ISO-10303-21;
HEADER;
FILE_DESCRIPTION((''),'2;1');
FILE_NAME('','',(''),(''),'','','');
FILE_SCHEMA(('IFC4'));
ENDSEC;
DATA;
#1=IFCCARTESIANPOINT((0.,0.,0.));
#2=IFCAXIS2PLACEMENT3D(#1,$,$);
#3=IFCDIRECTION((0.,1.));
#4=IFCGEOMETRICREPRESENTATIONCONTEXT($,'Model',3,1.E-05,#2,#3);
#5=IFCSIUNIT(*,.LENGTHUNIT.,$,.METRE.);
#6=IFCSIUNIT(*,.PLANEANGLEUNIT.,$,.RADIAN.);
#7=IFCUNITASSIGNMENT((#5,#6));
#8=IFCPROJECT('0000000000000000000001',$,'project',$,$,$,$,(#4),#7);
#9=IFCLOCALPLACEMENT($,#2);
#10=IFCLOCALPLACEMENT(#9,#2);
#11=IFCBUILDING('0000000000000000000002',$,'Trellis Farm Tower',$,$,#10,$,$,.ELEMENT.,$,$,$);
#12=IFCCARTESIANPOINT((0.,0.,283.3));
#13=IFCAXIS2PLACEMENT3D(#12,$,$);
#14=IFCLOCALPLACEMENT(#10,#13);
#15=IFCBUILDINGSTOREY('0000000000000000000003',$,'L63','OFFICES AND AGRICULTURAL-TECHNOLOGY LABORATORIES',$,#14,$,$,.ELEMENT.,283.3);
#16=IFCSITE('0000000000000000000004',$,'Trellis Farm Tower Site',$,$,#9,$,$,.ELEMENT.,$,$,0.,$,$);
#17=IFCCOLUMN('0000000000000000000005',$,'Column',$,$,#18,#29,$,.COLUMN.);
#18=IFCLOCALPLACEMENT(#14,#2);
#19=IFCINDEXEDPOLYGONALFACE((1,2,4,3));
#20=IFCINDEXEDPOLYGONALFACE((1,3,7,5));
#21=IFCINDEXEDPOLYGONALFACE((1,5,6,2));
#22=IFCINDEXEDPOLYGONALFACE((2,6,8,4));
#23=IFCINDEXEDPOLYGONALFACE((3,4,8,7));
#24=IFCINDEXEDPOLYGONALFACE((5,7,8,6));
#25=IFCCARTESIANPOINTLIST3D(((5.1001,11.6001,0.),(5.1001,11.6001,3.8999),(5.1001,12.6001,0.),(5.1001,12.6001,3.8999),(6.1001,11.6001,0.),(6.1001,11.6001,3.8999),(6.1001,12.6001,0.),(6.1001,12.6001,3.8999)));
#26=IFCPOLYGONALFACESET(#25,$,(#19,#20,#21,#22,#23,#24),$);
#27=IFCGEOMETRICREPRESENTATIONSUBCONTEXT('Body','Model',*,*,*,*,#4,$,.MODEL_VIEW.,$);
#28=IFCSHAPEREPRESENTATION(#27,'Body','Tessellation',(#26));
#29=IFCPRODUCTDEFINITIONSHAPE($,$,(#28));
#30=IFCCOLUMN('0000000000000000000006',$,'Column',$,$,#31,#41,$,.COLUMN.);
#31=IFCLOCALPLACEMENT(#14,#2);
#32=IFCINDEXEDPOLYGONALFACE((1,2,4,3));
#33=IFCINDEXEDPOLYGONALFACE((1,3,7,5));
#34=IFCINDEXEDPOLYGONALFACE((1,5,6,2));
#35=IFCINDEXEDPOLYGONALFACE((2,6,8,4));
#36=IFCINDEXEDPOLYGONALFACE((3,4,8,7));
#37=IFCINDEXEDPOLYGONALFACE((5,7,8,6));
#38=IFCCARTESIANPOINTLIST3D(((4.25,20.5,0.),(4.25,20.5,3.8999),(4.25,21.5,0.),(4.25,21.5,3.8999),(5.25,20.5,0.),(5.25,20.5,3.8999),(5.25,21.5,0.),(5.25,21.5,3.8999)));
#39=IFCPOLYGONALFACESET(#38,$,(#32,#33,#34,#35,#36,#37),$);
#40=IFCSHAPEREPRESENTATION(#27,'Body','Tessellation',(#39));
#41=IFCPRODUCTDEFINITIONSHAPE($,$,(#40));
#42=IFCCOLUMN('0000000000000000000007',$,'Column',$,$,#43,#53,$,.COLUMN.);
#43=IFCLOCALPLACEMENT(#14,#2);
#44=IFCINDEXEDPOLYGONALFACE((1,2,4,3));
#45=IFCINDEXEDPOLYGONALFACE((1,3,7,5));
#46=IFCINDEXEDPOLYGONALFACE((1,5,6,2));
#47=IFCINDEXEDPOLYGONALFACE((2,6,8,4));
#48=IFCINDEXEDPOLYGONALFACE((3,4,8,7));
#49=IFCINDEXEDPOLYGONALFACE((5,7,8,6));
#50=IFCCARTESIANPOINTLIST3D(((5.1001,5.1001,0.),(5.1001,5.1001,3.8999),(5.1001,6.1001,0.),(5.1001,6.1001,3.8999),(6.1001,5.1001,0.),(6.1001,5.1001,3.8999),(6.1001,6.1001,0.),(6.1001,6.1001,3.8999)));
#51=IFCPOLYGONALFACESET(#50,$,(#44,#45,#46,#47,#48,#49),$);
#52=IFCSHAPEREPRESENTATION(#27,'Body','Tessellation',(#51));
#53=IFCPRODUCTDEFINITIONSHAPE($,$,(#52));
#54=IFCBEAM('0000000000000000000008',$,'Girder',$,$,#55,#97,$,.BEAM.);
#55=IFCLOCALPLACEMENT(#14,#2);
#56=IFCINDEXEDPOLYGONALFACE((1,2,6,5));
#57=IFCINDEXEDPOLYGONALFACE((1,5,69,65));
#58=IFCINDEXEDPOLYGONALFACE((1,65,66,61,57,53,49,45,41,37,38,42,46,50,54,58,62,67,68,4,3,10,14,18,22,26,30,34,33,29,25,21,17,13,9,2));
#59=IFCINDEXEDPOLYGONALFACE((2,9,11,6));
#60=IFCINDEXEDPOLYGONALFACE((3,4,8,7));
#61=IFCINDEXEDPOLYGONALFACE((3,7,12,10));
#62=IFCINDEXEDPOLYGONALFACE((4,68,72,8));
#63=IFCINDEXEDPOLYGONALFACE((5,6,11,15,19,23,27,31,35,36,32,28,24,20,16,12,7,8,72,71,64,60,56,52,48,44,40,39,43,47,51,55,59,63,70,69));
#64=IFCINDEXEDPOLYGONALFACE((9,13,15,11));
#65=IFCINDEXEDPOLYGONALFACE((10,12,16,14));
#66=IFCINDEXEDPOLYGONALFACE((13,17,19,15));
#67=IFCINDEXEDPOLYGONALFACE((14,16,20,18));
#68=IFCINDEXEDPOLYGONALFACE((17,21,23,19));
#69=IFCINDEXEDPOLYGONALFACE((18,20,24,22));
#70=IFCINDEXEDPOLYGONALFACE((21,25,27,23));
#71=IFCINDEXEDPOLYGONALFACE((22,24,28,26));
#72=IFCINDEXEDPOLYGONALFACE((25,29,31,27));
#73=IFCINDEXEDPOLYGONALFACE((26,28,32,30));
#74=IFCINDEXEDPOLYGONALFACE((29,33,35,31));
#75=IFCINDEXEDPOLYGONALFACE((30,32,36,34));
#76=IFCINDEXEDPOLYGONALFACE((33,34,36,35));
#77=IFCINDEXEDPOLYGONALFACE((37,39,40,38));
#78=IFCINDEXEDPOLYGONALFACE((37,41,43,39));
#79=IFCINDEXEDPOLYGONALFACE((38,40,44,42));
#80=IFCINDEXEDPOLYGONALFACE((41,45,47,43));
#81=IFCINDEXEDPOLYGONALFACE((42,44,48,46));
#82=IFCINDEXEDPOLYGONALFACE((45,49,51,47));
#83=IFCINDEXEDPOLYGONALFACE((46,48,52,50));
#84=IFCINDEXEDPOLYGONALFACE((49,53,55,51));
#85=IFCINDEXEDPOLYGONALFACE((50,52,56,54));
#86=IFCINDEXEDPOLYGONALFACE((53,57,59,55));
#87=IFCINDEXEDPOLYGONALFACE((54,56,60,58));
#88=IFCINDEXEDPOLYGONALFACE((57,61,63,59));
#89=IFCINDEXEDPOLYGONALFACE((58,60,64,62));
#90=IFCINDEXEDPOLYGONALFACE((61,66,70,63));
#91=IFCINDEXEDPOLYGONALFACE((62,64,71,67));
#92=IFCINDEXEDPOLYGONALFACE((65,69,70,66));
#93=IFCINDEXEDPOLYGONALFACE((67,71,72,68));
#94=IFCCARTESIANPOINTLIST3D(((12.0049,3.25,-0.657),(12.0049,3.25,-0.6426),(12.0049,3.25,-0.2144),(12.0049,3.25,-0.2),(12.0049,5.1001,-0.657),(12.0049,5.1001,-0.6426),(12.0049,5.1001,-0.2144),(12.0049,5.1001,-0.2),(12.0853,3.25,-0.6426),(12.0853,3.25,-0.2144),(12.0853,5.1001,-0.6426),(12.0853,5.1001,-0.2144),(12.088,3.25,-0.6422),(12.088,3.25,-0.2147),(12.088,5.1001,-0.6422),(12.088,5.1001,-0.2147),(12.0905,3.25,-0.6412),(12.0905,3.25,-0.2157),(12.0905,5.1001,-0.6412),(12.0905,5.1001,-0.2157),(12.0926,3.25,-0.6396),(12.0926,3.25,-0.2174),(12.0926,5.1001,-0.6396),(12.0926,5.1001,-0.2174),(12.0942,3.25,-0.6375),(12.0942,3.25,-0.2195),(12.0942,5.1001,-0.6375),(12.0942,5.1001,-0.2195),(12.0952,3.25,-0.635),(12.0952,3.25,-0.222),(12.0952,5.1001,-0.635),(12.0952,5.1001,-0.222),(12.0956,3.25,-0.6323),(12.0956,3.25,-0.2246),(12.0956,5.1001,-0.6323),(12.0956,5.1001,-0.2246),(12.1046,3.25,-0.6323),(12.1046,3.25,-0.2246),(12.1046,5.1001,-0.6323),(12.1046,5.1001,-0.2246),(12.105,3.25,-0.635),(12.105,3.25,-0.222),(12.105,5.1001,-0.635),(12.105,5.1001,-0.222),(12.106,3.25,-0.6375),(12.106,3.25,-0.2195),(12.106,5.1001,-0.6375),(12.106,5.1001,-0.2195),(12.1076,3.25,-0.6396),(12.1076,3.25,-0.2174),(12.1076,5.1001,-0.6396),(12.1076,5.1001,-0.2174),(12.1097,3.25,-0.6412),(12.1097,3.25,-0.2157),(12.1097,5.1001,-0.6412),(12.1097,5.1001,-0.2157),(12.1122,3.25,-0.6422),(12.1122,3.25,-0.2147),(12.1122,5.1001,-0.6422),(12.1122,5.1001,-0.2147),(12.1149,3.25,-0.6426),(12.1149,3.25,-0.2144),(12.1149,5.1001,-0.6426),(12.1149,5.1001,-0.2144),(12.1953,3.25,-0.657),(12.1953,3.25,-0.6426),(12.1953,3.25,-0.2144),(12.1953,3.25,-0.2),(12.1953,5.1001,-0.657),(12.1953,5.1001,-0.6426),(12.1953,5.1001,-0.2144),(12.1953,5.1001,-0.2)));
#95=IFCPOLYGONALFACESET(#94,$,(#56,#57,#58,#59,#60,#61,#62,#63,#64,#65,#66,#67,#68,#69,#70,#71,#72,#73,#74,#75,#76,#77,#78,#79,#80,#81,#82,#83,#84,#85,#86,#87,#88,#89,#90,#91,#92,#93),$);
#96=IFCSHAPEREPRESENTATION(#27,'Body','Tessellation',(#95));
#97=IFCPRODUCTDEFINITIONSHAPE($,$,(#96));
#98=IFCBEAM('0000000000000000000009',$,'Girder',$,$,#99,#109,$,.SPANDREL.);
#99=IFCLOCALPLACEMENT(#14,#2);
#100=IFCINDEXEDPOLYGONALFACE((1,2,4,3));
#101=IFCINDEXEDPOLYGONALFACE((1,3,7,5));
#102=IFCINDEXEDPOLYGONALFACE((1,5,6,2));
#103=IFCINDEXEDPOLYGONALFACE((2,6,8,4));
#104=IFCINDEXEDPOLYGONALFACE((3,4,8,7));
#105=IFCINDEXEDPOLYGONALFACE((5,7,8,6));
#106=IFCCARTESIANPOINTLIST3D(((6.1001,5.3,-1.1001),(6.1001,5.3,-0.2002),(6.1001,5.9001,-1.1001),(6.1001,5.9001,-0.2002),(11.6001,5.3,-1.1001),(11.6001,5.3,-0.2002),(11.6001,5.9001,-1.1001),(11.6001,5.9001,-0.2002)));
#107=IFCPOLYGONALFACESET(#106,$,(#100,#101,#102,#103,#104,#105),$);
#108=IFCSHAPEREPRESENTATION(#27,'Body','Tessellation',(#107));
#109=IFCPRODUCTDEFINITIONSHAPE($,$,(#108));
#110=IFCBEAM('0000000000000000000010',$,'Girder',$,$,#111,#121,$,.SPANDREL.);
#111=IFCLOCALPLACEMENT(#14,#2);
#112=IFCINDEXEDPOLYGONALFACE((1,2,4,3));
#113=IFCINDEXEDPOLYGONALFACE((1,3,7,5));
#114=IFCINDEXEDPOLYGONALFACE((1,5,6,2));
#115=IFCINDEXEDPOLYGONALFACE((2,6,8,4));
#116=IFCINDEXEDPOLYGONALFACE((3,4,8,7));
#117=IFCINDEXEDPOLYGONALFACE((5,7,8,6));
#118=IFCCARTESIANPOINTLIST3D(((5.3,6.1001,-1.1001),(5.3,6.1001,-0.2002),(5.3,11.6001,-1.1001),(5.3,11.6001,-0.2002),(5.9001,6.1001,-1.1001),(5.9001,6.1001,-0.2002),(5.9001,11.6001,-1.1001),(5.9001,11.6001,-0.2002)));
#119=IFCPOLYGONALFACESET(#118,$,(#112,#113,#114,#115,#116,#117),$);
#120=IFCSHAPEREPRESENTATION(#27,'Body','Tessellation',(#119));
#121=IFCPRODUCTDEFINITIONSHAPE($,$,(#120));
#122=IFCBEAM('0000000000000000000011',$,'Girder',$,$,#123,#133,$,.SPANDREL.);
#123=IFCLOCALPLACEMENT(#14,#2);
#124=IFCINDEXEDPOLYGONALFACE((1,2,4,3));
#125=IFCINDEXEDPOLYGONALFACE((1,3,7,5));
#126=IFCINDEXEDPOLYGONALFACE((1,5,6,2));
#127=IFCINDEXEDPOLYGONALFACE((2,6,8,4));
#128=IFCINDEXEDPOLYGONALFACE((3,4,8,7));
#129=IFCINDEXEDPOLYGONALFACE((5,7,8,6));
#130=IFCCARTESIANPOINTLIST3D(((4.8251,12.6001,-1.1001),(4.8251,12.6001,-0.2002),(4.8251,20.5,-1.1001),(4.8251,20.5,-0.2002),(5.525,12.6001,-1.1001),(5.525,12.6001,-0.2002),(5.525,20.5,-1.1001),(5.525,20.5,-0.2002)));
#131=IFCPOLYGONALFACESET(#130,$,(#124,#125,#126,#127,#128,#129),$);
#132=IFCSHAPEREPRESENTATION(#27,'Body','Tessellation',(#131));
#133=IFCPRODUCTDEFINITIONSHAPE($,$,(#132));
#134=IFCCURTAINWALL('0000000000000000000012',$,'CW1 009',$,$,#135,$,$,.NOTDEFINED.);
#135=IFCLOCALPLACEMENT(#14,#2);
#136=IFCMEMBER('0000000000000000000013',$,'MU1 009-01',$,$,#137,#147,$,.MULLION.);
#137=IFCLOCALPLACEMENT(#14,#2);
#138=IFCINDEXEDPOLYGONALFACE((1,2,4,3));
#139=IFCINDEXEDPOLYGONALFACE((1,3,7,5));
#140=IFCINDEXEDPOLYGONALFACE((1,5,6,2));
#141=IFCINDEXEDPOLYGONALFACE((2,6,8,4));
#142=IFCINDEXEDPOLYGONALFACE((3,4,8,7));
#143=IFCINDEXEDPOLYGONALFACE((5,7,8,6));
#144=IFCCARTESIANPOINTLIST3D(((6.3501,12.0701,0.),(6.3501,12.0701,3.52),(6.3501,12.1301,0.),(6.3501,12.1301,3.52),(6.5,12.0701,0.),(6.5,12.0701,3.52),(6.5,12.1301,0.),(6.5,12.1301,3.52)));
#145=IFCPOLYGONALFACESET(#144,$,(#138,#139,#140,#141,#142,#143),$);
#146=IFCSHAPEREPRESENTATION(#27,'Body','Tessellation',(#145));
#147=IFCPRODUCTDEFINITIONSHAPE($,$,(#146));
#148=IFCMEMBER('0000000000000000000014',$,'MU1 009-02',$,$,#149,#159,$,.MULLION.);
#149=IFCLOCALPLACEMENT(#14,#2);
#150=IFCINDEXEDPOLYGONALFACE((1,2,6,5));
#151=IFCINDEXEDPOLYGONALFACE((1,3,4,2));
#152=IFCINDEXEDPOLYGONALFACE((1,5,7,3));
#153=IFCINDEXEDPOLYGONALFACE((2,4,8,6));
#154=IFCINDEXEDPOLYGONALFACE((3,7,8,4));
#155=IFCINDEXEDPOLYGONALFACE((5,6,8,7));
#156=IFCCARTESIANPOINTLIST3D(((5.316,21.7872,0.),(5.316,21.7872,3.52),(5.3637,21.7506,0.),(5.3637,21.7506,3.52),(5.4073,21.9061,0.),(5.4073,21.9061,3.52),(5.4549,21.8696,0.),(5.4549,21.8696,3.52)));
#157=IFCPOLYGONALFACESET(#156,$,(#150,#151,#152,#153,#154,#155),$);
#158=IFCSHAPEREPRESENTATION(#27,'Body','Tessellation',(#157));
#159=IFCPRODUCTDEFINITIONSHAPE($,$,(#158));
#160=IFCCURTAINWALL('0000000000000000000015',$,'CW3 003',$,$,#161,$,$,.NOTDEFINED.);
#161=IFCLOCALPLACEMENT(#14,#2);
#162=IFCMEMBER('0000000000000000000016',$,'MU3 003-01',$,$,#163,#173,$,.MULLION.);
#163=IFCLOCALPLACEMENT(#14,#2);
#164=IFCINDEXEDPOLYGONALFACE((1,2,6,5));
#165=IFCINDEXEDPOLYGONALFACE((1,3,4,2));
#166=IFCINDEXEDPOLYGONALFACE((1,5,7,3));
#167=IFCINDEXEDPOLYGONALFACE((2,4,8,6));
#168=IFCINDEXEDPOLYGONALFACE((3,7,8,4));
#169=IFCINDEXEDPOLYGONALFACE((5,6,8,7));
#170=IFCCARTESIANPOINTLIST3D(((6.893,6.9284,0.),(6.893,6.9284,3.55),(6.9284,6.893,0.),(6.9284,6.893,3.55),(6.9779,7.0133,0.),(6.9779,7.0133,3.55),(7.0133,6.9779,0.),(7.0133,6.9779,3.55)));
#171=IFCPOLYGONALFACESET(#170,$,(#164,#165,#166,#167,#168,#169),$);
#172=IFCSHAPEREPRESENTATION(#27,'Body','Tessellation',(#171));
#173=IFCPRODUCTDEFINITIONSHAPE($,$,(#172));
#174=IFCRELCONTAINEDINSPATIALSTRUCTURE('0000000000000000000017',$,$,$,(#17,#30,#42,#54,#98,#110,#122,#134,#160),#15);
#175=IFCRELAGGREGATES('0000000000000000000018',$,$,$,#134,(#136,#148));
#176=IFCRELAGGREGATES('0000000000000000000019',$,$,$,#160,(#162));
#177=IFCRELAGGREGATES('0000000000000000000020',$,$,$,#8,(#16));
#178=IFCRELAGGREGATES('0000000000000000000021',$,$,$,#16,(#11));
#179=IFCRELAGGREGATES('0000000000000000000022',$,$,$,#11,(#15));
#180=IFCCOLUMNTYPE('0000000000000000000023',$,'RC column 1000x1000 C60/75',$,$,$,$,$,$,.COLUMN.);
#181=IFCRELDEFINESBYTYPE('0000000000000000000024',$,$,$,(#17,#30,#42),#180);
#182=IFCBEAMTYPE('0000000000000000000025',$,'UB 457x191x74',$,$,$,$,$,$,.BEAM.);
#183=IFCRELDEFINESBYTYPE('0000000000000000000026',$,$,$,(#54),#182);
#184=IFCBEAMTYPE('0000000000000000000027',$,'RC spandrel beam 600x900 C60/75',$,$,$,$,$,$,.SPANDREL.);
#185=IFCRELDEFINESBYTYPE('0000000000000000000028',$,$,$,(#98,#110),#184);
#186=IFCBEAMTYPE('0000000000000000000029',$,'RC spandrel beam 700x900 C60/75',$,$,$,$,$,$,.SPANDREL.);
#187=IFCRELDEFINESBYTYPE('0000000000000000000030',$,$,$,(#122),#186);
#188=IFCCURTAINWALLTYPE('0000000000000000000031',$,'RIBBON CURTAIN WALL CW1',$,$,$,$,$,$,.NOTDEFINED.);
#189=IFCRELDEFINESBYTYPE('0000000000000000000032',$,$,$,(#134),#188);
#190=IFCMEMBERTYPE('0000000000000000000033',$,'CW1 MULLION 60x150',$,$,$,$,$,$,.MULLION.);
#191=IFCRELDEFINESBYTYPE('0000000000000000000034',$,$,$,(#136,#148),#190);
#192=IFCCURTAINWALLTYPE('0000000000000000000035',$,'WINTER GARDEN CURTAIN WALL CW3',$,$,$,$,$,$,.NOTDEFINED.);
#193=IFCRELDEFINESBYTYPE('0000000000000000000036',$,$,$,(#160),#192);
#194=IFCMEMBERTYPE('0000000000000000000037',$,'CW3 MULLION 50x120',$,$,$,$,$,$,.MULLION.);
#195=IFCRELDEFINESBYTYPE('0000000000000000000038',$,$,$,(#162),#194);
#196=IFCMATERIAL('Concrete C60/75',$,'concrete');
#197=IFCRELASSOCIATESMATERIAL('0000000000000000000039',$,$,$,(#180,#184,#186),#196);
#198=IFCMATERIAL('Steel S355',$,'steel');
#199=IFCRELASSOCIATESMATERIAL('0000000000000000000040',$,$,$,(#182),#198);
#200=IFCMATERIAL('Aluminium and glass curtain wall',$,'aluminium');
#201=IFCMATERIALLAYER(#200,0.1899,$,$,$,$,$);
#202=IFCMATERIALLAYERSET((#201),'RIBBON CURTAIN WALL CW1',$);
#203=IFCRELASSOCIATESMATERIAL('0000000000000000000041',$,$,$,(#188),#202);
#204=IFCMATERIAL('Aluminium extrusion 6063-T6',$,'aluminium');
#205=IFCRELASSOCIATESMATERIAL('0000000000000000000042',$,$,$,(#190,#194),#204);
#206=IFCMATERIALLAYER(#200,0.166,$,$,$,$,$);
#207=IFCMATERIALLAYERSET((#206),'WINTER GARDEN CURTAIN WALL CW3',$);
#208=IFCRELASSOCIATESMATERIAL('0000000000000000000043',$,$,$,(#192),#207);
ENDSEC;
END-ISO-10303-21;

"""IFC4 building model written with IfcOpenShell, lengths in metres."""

from ifc_helpers import new_model, si_unit, direction, frame, origin, origin_2d, place, context, subcontext, project, spatial, rectangle, i_section, extrude, source, transform, mapped, material, layer, layer_set, material_profile, profile_set, type_object, element, aggregate, save


model = new_model("IFC4")

# Units and contexts
model_context = context("Model", 3, precision=1e-05, world=origin(), true_north=direction((0.0, 1.0)))
body_context = subcontext(model_context, "Body", "Model", "MODEL_VIEW")
ifc_project = project(units=[si_unit("LENGTHUNIT", "METRE"), si_unit("PLANEANGLEUNIT", "RADIAN")], contexts=[model_context])

# Site, building, storey
site_placement = place(None, origin())
site = spatial("IfcSite", under=ifc_project, at=site_placement, Name="Trellis Farm Tower Site", CompositionType="ELEMENT", RefElevation=0.0)
building_placement = place(site_placement, origin())
building = spatial("IfcBuilding", under=site, at=building_placement, Name="Trellis Farm Tower", CompositionType="ELEMENT")
storey_placement = place(building_placement, frame((0.0, 0.0, 283.3)))
storey = spatial("IfcBuildingStorey", under=building, at=storey_placement, Name="L63", Description="OFFICES AND AGRICULTURAL-TECHNOLOGY LABORATORIES", CompositionType="ELEMENT", Elevation=283.3)

# Columns
ifc_material_1 = material(Name="Concrete C60/75", Category="concrete")
ifc_material_profile_1 = material_profile(ifc_material_1, rectangle(XDim=1.0, YDim=1.0, at=origin_2d()), Name="RC column 1000x1000 C60/75")
ifc_profile_set_1 = profile_set([ifc_material_profile_1], Name="Concrete C60/75")
column_type = type_object("IfcColumnType", Name="RC column 1000x1000 C60/75", PredefinedType="COLUMN", material=ifc_profile_set_1)
shared_shape_1 = source(origin(), body_context, "Body", "SweptSolid", [
    extrude(rectangle(XDim=1.0, YDim=1.0, at=origin_2d()), origin(), (0.0, 0.0, 1.0), 3.8999),
])
for number, where, z_axis, x_axis, name in (
    (1, (5.6001, 12.1001, 0.0), (0.0, 0.0, 1.0), (1.0, 0.0, 0.0), "Column"),
    (2, (4.75, 21.0, 0.0), (0.0, 0.0, 1.0), (1.0, 0.0, 0.0), "Column"),
    (3, (5.6001, 5.6001, 0.0), (0.0, 0.0, 1.0), (1.0, 0.0, 0.0), "Column"),
):
    element("IfcColumn", number, at=place(storey_placement, frame(where, z_axis=z_axis, x_axis=x_axis)), inside=storey, type_object=column_type, Name=name, PredefinedType="COLUMN", context=body_context, shape_type="MappedRepresentation", body=[
        mapped(shared_shape_1, transform((0.0, 0.0, 0.0))),
    ])

# Beams
ifc_material_2 = material(Name="Steel S355", Category="steel")
ifc_material_profile_2 = material_profile(ifc_material_2, i_section(OverallWidth=0.1904, OverallDepth=0.457, WebThickness=0.009, FlangeThickness=0.0144, FilletRadius=0.0103, at=origin_2d()), Name="UB 457x191x74")
ifc_profile_set_2 = profile_set([ifc_material_profile_2], Name="Steel S355")
beam_type_1 = type_object("IfcBeamType", Name="UB 457x191x74", PredefinedType="BEAM", material=ifc_profile_set_2)
shared_shape_2 = source(origin(), body_context, "Body", "SweptSolid", [
    extrude(i_section(OverallWidth=0.1904, OverallDepth=0.457, WebThickness=0.009, FlangeThickness=0.0144, FilletRadius=0.0103, at=origin_2d()), origin(), (0.0, 0.0, 1.0), 1.8501),
])
beam_1_placement = place(storey_placement, frame((12.1001, 3.25, -0.4285), z_axis=(0.0, 1.0, 0.0), x_axis=(-1.0, 0.0, 0.0)))
element("IfcBeam", 4, at=beam_1_placement, inside=storey, type_object=beam_type_1, Name="Girder", PredefinedType="BEAM", context=body_context, shape_type="MappedRepresentation", body=[
    mapped(shared_shape_2, transform((0.0, 0.0, 0.0))),
])
ifc_material_profile_3 = material_profile(ifc_material_1, rectangle(XDim=0.6001, YDim=0.8999, at=origin_2d()), Name="RC spandrel beam 600x900 C60/75")
ifc_profile_set_3 = profile_set([ifc_material_profile_3], Name="Concrete C60/75")
beam_type_2 = type_object("IfcBeamType", Name="RC spandrel beam 600x900 C60/75", PredefinedType="SPANDREL", material=ifc_profile_set_3)
shared_shape_3 = source(origin(), body_context, "Body", "SweptSolid", [
    extrude(rectangle(XDim=0.6001, YDim=0.8999, at=origin_2d()), origin(), (0.0, 0.0, 1.0), 5.5),
])
for number, where, z_axis, x_axis, name in (
    (5, (6.1001, 5.6001, -0.6501), (1.0, 0.0, 0.0), (0.0, 1.0, 0.0), "Girder"),
    (6, (5.6001, 6.1001, -0.6501), (0.0, 1.0, 0.0), (-1.0, 0.0, 0.0), "Girder"),
):
    element("IfcBeam", number, at=place(storey_placement, frame(where, z_axis=z_axis, x_axis=x_axis)), inside=storey, type_object=beam_type_2, Name=name, PredefinedType="SPANDREL", context=body_context, shape_type="MappedRepresentation", body=[
        mapped(shared_shape_3, transform((0.0, 0.0, 0.0))),
    ])
ifc_material_profile_4 = material_profile(ifc_material_1, rectangle(XDim=0.7, YDim=0.8999, at=origin_2d()), Name="RC spandrel beam 700x900 C60/75")
ifc_profile_set_4 = profile_set([ifc_material_profile_4], Name="Concrete C60/75")
beam_type_3 = type_object("IfcBeamType", Name="RC spandrel beam 700x900 C60/75", PredefinedType="SPANDREL", material=ifc_profile_set_4)
shared_shape_4 = source(origin(), body_context, "Body", "SweptSolid", [
    extrude(rectangle(XDim=0.7, YDim=0.8999, at=origin_2d()), origin(), (0.0, 0.0, 1.0), 7.8999),
])
beam_2_placement = place(storey_placement, frame((5.175, 12.6001, -0.6501), z_axis=(0.0, 1.0, 0.0), x_axis=(-1.0, 0.0, 0.0)))
element("IfcBeam", 7, at=beam_2_placement, inside=storey, type_object=beam_type_3, Name="Girder", PredefinedType="SPANDREL", context=body_context, shape_type="MappedRepresentation", body=[
    mapped(shared_shape_4, transform((0.0, 0.0, 0.0))),
])

# Curtain wall, members
ifc_material_3 = material(Name="Aluminium and glass curtain wall", Category="aluminium")
ifc_layer_1 = layer(ifc_material_3, 0.1899)
ifc_layer_set_1 = layer_set([ifc_layer_1], Name="RIBBON CURTAIN WALL CW1")
curtain_wall_type_1 = type_object("IfcCurtainWallType", Name="RIBBON CURTAIN WALL CW1", PredefinedType="NOTDEFINED", material=ifc_layer_set_1)
placement = place(storey_placement, origin())
curtain_wall_1 = element("IfcCurtainWall", 8, at=placement, inside=storey, type_object=curtain_wall_type_1, Name="CW1 009", PredefinedType="NOTDEFINED")
ifc_material_4 = material(Name="Aluminium extrusion 6063-T6", Category="aluminium")
ifc_material_profile_5 = material_profile(ifc_material_4, rectangle(XDim=0.0601, YDim=0.1499, at=origin_2d()), Name="MULLION 60x150")
ifc_profile_set_5 = profile_set([ifc_material_profile_5], Name="Aluminium extrusion 6063-T6")
member_type_1 = type_object("IfcMemberType", Name="CW1 MULLION 60x150", PredefinedType="MULLION", material=ifc_profile_set_5)
shared_shape_5 = source(origin(), body_context, "Body", "SweptSolid", [
    extrude(rectangle(XDim=0.0601, YDim=0.1499, at=origin_2d()), origin(), (0.0, 0.0, 1.0), 3.52),
])
member_1_placement = place(storey_placement, frame((6.425, 12.1001, 0.0), z_axis=(0.0, 0.0, 1.0), x_axis=(0.0, 1.0, 0.0)))
member_1 = element("IfcMember", 9, at=member_1_placement, type_object=member_type_1, Name="MU1 009-01", PredefinedType="MULLION", context=body_context, shape_type="MappedRepresentation", body=[
    mapped(shared_shape_5, transform((0.0, 0.0, 0.0))),
])
member_2_placement = place(storey_placement, frame((5.3855, 21.8284, 0.0), z_axis=(0.0, 0.0, 1.0), x_axis=(-0.793353, 0.608761, 0.0)))
member_2 = element("IfcMember", 10, at=member_2_placement, type_object=member_type_1, Name="MU1 009-02", PredefinedType="MULLION", context=body_context, shape_type="MappedRepresentation", body=[
    mapped(shared_shape_5, transform((0.0, 0.0, 0.0))),
])
aggregate(curtain_wall_1, [member_1, member_2])

# Curtain wall, member
ifc_layer_2 = layer(ifc_material_3, 0.166)
ifc_layer_set_2 = layer_set([ifc_layer_2], Name="WINTER GARDEN CURTAIN WALL CW3")
curtain_wall_type_2 = type_object("IfcCurtainWallType", Name="WINTER GARDEN CURTAIN WALL CW3", PredefinedType="NOTDEFINED", material=ifc_layer_set_2)
curtain_wall_2 = element("IfcCurtainWall", 11, at=placement, inside=storey, type_object=curtain_wall_type_2, Name="CW3 003", PredefinedType="NOTDEFINED")
ifc_material_profile_6 = material_profile(ifc_material_4, rectangle(XDim=0.05, YDim=0.1201, at=origin_2d()), Name="MULLION 50x120")
ifc_profile_set_6 = profile_set([ifc_material_profile_6], Name="Aluminium extrusion 6063-T6")
member_type_2 = type_object("IfcMemberType", Name="CW3 MULLION 50x120", PredefinedType="MULLION", material=ifc_profile_set_6)
shared_shape_6 = source(origin(), body_context, "Body", "SweptSolid", [
    extrude(rectangle(XDim=0.05, YDim=0.1201, at=origin_2d()), origin(), (0.0, 0.0, 1.0), 3.55),
])
member_3_placement = place(storey_placement, frame((6.9531, 6.9531, 0.0), z_axis=(0.0, 0.0, 1.0), x_axis=(-0.707107, 0.707107, 0.0)))
member_3 = element("IfcMember", 12, at=member_3_placement, type_object=member_type_2, Name="MU3 003-01", PredefinedType="MULLION", context=body_context, shape_type="MappedRepresentation", body=[
    mapped(shared_shape_6, transform((0.0, 0.0, 0.0))),
])
aggregate(curtain_wall_2, [member_3])

save(model, "model.ifc")
